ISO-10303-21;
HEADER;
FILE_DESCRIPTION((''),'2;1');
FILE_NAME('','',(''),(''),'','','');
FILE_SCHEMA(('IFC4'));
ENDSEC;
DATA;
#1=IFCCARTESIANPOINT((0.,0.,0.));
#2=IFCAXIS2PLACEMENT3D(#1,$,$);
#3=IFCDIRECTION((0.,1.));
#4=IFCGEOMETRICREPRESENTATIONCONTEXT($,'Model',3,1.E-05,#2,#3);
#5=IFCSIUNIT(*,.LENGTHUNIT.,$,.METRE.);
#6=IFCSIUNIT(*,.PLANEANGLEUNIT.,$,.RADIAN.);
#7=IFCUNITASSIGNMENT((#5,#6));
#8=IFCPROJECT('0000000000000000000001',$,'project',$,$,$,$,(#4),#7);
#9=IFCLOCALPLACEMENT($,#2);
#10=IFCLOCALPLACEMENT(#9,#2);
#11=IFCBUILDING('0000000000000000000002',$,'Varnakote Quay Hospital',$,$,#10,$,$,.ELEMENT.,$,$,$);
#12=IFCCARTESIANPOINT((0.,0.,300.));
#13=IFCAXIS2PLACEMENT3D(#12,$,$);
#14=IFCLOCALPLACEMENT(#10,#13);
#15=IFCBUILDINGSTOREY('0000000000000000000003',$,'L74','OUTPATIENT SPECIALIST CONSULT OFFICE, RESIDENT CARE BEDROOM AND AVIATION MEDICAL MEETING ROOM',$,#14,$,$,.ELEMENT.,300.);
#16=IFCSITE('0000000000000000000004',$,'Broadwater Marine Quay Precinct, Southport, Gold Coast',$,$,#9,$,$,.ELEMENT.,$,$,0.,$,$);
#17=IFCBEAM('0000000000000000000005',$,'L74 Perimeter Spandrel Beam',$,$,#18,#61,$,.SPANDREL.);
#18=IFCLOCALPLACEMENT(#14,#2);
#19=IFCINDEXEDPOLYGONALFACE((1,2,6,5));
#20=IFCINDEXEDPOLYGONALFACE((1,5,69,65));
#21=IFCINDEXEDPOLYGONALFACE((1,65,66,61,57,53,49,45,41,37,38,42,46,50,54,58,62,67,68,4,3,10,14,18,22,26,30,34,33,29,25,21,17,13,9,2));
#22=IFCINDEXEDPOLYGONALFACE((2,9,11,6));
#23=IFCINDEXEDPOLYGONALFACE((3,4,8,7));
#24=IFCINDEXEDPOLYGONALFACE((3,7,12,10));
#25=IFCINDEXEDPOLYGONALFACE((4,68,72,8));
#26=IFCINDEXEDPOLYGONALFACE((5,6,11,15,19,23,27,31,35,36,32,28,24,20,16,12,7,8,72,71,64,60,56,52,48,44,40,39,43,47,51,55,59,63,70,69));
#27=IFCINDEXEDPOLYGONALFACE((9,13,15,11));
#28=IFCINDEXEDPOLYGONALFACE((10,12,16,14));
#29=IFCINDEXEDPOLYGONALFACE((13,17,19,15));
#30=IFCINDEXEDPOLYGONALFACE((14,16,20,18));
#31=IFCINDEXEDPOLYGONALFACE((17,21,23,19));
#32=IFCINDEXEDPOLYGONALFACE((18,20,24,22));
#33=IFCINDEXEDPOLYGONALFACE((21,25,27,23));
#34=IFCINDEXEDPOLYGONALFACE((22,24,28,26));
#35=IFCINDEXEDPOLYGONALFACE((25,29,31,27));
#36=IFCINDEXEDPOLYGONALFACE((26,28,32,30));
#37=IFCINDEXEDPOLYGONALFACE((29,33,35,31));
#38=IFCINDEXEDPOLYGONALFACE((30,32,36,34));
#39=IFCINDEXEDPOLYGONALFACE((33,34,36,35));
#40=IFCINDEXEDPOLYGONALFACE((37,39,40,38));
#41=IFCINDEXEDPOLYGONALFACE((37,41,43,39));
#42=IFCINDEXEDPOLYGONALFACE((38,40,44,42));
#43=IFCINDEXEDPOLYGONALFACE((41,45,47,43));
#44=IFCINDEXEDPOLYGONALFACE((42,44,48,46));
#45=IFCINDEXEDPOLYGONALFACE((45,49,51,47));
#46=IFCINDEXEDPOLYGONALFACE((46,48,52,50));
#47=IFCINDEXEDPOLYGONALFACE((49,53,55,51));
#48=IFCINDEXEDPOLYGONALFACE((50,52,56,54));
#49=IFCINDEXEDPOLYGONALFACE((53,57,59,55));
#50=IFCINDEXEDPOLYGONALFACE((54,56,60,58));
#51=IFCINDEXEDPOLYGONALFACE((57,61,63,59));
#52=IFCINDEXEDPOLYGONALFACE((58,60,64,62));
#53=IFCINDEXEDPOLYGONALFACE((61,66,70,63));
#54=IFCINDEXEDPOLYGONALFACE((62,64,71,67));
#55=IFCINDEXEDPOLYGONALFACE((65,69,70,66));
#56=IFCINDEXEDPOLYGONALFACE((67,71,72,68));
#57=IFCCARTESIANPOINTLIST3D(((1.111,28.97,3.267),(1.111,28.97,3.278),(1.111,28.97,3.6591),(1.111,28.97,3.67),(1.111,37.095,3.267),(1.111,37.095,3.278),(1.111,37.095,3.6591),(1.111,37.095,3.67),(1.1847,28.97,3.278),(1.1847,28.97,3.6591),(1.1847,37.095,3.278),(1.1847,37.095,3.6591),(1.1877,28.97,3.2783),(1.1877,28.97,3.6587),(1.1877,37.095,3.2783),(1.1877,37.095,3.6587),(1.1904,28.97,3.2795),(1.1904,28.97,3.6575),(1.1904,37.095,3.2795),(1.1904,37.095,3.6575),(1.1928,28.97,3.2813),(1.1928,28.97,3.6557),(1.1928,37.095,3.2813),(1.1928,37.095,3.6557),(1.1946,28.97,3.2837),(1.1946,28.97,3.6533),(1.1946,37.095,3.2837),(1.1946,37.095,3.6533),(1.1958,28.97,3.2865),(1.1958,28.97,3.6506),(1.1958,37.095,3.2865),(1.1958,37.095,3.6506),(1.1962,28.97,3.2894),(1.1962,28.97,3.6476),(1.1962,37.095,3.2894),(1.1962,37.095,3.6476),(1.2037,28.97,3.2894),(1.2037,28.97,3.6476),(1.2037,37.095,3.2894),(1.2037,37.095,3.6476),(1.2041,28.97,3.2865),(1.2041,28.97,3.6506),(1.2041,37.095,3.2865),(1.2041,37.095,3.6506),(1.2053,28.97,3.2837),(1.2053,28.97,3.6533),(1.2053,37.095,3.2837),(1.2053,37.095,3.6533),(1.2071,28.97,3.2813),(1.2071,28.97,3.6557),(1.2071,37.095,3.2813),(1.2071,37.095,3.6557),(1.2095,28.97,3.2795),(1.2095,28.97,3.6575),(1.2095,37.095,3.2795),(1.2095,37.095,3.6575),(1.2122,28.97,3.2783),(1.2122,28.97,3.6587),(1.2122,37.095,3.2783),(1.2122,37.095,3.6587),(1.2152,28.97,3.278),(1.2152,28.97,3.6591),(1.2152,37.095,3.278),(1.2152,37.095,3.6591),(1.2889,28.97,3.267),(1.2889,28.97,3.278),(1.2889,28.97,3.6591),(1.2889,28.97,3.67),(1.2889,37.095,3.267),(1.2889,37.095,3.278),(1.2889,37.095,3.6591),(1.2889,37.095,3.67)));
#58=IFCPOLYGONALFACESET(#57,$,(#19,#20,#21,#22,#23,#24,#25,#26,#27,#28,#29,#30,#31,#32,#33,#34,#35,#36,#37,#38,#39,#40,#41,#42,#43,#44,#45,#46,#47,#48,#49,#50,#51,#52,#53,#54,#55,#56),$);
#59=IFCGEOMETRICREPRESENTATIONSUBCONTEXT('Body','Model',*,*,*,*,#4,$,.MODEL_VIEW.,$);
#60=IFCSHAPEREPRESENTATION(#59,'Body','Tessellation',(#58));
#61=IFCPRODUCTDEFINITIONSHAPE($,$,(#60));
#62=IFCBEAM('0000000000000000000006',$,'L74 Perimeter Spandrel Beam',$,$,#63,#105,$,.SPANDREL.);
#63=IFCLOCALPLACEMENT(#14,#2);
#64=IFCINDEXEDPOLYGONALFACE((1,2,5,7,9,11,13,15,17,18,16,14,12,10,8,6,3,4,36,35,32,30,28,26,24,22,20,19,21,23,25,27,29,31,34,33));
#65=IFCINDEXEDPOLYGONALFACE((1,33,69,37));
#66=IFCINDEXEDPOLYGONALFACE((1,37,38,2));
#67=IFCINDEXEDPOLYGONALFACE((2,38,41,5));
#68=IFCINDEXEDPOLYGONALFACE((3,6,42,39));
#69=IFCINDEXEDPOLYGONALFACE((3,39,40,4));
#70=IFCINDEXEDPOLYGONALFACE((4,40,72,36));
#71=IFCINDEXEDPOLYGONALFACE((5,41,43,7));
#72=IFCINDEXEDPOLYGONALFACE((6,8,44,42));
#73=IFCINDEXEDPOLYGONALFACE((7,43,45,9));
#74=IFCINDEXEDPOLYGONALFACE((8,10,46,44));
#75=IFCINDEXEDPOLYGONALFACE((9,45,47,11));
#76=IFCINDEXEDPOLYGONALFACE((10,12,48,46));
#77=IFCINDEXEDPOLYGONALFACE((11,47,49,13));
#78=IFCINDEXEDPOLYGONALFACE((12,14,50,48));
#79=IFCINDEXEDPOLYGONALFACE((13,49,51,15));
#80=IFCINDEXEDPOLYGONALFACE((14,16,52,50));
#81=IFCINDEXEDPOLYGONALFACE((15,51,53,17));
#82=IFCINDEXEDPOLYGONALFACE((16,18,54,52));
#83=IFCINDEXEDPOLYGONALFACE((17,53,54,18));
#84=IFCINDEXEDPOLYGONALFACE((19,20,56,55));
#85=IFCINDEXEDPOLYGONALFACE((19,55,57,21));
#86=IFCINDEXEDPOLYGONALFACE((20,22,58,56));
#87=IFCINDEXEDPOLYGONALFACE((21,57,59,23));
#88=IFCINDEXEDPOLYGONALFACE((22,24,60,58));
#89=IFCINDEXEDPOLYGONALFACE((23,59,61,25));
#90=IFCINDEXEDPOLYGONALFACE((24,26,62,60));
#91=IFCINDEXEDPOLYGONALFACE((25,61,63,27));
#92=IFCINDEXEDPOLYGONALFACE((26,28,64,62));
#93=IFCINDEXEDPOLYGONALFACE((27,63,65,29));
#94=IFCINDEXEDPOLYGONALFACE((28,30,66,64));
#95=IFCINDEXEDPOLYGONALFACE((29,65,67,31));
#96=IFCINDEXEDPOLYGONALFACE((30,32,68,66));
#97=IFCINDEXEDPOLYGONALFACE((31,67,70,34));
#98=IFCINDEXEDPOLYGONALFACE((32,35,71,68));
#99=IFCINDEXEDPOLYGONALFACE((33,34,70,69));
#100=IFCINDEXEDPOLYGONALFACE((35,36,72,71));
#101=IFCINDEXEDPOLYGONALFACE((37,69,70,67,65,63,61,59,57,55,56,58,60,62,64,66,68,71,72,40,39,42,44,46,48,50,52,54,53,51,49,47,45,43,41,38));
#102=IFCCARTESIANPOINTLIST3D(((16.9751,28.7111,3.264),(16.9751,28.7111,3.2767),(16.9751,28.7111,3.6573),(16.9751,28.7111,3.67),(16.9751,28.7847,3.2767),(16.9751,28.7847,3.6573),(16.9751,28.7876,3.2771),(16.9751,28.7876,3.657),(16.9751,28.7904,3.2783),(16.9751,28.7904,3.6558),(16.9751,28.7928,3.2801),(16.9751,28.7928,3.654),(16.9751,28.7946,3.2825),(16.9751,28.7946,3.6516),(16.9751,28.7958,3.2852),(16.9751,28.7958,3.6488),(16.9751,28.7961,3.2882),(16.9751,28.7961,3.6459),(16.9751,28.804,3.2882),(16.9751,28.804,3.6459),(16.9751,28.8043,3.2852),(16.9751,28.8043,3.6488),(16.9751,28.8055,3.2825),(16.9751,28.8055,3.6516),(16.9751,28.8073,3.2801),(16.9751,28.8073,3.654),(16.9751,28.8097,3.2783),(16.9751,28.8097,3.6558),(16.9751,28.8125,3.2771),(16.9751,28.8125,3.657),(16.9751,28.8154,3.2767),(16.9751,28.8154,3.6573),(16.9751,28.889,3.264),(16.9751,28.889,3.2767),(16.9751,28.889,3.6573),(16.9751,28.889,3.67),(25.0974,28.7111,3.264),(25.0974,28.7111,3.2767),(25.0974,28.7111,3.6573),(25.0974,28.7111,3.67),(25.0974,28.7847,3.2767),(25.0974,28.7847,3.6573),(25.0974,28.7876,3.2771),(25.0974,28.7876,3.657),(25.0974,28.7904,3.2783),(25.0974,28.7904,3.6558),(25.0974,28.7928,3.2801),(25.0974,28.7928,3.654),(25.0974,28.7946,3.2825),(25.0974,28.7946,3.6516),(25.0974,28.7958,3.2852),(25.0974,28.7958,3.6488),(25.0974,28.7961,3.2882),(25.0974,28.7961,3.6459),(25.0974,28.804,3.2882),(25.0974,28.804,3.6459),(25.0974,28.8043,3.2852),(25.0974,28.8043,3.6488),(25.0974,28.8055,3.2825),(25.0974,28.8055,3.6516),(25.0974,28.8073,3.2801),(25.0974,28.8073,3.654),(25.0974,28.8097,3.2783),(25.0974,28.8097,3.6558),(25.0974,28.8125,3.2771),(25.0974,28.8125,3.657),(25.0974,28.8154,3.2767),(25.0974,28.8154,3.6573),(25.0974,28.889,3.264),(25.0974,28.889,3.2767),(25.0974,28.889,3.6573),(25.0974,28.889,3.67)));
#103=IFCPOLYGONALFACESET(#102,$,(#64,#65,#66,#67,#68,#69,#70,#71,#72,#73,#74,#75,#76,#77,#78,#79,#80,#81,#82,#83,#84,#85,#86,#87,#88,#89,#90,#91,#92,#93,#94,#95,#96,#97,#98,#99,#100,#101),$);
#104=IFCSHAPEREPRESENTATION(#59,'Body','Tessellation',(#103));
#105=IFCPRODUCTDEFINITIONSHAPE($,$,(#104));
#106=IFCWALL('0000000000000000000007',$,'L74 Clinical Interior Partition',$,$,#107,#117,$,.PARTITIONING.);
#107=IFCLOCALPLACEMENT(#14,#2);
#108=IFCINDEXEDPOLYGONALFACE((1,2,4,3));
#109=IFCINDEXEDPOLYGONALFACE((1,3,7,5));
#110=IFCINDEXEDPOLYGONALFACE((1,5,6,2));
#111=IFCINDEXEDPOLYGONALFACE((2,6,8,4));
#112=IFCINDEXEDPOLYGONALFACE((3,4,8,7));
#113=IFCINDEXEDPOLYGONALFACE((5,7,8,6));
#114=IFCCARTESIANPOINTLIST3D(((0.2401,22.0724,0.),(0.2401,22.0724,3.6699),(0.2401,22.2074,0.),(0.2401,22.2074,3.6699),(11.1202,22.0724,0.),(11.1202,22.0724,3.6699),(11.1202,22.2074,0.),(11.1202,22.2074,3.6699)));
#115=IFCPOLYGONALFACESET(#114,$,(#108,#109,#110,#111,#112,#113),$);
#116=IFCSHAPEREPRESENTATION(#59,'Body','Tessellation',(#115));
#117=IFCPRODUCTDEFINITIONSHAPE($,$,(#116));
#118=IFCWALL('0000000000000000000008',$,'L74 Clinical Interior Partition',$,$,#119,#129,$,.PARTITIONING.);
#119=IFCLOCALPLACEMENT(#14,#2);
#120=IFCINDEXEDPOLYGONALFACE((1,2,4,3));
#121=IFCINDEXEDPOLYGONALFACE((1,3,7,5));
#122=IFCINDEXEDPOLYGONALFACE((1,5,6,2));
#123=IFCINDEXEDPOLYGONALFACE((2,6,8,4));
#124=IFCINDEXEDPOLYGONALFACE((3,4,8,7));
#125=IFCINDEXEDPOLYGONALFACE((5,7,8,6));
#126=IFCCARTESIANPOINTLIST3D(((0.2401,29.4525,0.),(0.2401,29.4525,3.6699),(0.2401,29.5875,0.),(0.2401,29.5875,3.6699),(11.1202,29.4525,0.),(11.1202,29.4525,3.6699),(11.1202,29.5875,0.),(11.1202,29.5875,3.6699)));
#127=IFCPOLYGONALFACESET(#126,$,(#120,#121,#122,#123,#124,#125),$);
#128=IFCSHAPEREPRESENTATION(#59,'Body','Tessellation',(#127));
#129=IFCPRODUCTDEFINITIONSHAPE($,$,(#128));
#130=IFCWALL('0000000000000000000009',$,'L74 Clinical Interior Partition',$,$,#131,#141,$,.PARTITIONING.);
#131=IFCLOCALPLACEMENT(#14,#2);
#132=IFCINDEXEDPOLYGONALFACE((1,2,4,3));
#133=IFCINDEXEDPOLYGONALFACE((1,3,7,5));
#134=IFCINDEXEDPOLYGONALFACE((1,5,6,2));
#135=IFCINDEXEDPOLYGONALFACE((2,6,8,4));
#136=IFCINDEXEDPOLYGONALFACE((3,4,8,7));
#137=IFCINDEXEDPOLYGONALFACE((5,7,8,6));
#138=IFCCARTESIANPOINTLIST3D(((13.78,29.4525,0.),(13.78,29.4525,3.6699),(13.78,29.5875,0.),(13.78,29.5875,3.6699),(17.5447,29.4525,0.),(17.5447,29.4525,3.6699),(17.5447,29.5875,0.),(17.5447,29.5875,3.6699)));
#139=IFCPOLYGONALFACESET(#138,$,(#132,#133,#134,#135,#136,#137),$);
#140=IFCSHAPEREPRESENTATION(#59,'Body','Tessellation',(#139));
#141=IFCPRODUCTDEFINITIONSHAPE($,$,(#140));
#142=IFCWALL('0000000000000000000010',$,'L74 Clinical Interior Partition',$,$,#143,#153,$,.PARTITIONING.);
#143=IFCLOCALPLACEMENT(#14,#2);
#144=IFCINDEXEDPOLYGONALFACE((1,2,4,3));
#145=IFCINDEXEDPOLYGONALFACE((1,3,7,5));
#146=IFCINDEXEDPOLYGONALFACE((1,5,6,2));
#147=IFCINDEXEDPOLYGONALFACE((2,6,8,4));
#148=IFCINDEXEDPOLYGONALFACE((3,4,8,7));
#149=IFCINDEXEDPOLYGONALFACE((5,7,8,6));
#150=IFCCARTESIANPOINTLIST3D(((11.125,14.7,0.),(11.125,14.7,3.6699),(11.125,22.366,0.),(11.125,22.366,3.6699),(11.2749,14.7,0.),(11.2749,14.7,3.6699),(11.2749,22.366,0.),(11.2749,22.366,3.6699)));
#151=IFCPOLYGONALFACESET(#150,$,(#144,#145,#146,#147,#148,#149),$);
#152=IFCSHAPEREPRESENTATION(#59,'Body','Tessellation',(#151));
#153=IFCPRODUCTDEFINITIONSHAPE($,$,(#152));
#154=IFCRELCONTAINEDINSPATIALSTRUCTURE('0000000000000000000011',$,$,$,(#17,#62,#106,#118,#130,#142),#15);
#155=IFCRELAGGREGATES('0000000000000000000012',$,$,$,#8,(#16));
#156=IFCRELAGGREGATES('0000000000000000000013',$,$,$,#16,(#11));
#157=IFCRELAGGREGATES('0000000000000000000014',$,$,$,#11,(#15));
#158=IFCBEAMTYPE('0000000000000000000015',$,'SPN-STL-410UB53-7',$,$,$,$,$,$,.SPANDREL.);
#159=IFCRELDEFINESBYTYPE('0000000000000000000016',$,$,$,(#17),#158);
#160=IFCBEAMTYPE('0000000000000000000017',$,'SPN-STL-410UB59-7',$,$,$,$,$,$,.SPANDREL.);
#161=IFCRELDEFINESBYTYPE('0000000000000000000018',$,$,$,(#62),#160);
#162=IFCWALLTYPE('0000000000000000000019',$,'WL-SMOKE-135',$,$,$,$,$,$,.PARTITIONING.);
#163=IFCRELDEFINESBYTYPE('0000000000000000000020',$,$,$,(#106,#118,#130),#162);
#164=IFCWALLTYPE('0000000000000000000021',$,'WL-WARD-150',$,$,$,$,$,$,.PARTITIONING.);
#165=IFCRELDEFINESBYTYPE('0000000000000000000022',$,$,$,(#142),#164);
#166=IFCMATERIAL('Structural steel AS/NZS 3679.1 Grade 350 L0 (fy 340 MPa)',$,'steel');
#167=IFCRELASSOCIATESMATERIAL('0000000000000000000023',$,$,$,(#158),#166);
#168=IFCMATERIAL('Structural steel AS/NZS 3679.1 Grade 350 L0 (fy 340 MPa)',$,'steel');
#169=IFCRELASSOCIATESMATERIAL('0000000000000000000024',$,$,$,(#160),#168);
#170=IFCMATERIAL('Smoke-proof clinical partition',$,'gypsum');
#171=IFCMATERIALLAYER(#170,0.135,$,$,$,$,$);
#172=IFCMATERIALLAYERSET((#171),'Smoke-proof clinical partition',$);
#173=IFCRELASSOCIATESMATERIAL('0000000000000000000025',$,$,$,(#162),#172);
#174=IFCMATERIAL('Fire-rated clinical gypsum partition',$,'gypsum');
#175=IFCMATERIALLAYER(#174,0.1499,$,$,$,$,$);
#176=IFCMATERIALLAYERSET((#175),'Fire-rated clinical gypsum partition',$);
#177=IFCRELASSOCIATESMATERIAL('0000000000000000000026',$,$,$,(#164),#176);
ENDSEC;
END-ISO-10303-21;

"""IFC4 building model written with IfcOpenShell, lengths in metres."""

from ifc_helpers import new_model, si_unit, direction, frame, frame_2d, origin, origin_2d, place, context, subcontext, project, spatial, rectangle, i_section, extrude, material, layer, layer_set, material_profile, profile_set, type_object, element, save


model = new_model("IFC4")

# Units and contexts
model_context = context("Model", 3, precision=1e-05, world=origin(), true_north=direction((0.0, 1.0)))
body_context = subcontext(model_context, "Body", "Model", "MODEL_VIEW")
ifc_project = project(units=[si_unit("LENGTHUNIT", "METRE"), si_unit("PLANEANGLEUNIT", "RADIAN")], contexts=[model_context])

# Site, building, storey
site_placement = place(None, origin())
site = spatial("IfcSite", under=ifc_project, at=site_placement, Name="Broadwater Marine Quay Precinct, Southport, Gold Coast", CompositionType="ELEMENT", RefElevation=0.0)
building_placement = place(site_placement, origin())
building = spatial("IfcBuilding", under=site, at=building_placement, Name="Varnakote Quay Hospital", CompositionType="ELEMENT")
storey_placement = place(building_placement, frame((0.0, 0.0, 300.0)))
storey = spatial("IfcBuildingStorey", under=building, at=storey_placement, Name="L74", Description="OUTPATIENT SPECIALIST CONSULT OFFICE, RESIDENT CARE BEDROOM AND AVIATION MEDICAL MEETING ROOM", CompositionType="ELEMENT", Elevation=300.0)

# Beams
ifc_material_1 = material(Name="Structural steel AS/NZS 3679.1 Grade 350 L0 (fy 340 MPa)", Category="steel")
ifc_material_profile_1 = material_profile(ifc_material_1, i_section(OverallWidth=0.178, OverallDepth=0.4031, WebThickness=0.0076, FlangeThickness=0.011, FilletRadius=0.0115, at=origin_2d()), Name="410UB53.7")
ifc_profile_set_1 = profile_set([ifc_material_profile_1], Name="Structural steel AS/NZS 3679.1 Grade 350 L0 (fy 340 MPa)")
beam_type_1 = type_object("IfcBeamType", Name="SPN-STL-410UB53-7", PredefinedType="SPANDREL", material=ifc_profile_set_1)
beam_1_placement = place(storey_placement, frame((1.2, 28.97, 3.4685), z_axis=(0.0, 1.0, 0.0), x_axis=(-1.0, 0.0, 0.0)))
element("IfcBeam", 1, at=beam_1_placement, inside=storey, type_object=beam_type_1, Name="L74 Perimeter Spandrel Beam", PredefinedType="SPANDREL", context=body_context, shape_type="SweptSolid", body=[
    extrude(i_section(OverallWidth=0.178, OverallDepth=0.4031, WebThickness=0.0076, FlangeThickness=0.011, FilletRadius=0.0115, at=origin_2d()), origin(), (0.0, 0.0, 1.0), 8.125),
])
ifc_material_2 = material(Name="Structural steel AS/NZS 3679.1 Grade 350 L0 (fy 340 MPa)", Category="steel")
ifc_material_profile_2 = material_profile(ifc_material_2, i_section(OverallWidth=0.178, OverallDepth=0.406, WebThickness=0.0078, FlangeThickness=0.0127, FilletRadius=0.0115, at=origin_2d()), Name="410UB59.7")
ifc_profile_set_2 = profile_set([ifc_material_profile_2], Name="Structural steel AS/NZS 3679.1 Grade 350 L0 (fy 340 MPa)")
beam_type_2 = type_object("IfcBeamType", Name="SPN-STL-410UB59-7", PredefinedType="SPANDREL", material=ifc_profile_set_2)
beam_2_placement = place(storey_placement, frame((16.9751, 28.8, 3.467), z_axis=(1.0, 0.0, 0.0), x_axis=(0.0, 1.0, 0.0)))
element("IfcBeam", 2, at=beam_2_placement, inside=storey, type_object=beam_type_2, Name="L74 Perimeter Spandrel Beam", PredefinedType="SPANDREL", context=body_context, shape_type="SweptSolid", body=[
    extrude(i_section(OverallWidth=0.178, OverallDepth=0.406, WebThickness=0.0078, FlangeThickness=0.0127, FilletRadius=0.0115, at=origin_2d()), origin(), (0.0, 0.0, 1.0), 8.1223),
])

# Walls
ifc_material_3 = material(Name="Smoke-proof clinical partition", Category="gypsum")
ifc_layer_1 = layer(ifc_material_3, 0.135)
ifc_layer_set_1 = layer_set([ifc_layer_1], Name="Smoke-proof clinical partition")
wall_type_1 = type_object("IfcWallType", Name="WL-SMOKE-135", PredefinedType="PARTITIONING", material=ifc_layer_set_1)
for number, where, z_axis, x_axis, name in (
    (3, (11.1201, 22.1399, 0.0), (0.0, 0.0, 1.0), (-1.0, 0.0, 0.0), "L74 Clinical Interior Partition"),
    (4, (11.1201, 29.52, 0.0), (0.0, 0.0, 1.0), (-1.0, 0.0, 0.0), "L74 Clinical Interior Partition"),
):
    element("IfcWall", number, at=place(storey_placement, frame(where, z_axis=z_axis, x_axis=x_axis)), inside=storey, type_object=wall_type_1, Name=name, PredefinedType="PARTITIONING", context=body_context, shape_type="SweptSolid", body=[
        extrude(rectangle(XDim=10.8801, YDim=0.135, at=frame_2d((5.4399, 0.0))), origin(), (0.0, 0.0, 1.0), 3.6699),
    ])
wall_1_placement = place(storey_placement, frame((17.5447, 29.52, 0.0), z_axis=(0.0, 0.0, 1.0), x_axis=(-1.0, 0.0, 0.0)))
element("IfcWall", 5, at=wall_1_placement, inside=storey, type_object=wall_type_1, Name="L74 Clinical Interior Partition", PredefinedType="PARTITIONING", context=body_context, shape_type="SweptSolid", body=[
    extrude(rectangle(XDim=3.7646, YDim=0.135, at=frame_2d((1.8823, 0.0))), origin(), (0.0, 0.0, 1.0), 3.6699),
])
ifc_material_4 = material(Name="Fire-rated clinical gypsum partition", Category="gypsum")
ifc_layer_2 = layer(ifc_material_4, 0.1499)
ifc_layer_set_2 = layer_set([ifc_layer_2], Name="Fire-rated clinical gypsum partition")
wall_type_2 = type_object("IfcWallType", Name="WL-WARD-150", PredefinedType="PARTITIONING", material=ifc_layer_set_2)
wall_2_placement = place(storey_placement, frame((11.2, 22.366, 0.0), z_axis=(0.0, 0.0, 1.0), x_axis=(0.0, -1.0, 0.0)))
element("IfcWall", 6, at=wall_2_placement, inside=storey, type_object=wall_type_2, Name="L74 Clinical Interior Partition", PredefinedType="PARTITIONING", context=body_context, shape_type="SweptSolid", body=[
    extrude(rectangle(XDim=7.666, YDim=0.1499, at=frame_2d((3.833, 0.0))), origin(), (0.0, 0.0, 1.0), 3.6699),
])

save(model, "model.ifc")
